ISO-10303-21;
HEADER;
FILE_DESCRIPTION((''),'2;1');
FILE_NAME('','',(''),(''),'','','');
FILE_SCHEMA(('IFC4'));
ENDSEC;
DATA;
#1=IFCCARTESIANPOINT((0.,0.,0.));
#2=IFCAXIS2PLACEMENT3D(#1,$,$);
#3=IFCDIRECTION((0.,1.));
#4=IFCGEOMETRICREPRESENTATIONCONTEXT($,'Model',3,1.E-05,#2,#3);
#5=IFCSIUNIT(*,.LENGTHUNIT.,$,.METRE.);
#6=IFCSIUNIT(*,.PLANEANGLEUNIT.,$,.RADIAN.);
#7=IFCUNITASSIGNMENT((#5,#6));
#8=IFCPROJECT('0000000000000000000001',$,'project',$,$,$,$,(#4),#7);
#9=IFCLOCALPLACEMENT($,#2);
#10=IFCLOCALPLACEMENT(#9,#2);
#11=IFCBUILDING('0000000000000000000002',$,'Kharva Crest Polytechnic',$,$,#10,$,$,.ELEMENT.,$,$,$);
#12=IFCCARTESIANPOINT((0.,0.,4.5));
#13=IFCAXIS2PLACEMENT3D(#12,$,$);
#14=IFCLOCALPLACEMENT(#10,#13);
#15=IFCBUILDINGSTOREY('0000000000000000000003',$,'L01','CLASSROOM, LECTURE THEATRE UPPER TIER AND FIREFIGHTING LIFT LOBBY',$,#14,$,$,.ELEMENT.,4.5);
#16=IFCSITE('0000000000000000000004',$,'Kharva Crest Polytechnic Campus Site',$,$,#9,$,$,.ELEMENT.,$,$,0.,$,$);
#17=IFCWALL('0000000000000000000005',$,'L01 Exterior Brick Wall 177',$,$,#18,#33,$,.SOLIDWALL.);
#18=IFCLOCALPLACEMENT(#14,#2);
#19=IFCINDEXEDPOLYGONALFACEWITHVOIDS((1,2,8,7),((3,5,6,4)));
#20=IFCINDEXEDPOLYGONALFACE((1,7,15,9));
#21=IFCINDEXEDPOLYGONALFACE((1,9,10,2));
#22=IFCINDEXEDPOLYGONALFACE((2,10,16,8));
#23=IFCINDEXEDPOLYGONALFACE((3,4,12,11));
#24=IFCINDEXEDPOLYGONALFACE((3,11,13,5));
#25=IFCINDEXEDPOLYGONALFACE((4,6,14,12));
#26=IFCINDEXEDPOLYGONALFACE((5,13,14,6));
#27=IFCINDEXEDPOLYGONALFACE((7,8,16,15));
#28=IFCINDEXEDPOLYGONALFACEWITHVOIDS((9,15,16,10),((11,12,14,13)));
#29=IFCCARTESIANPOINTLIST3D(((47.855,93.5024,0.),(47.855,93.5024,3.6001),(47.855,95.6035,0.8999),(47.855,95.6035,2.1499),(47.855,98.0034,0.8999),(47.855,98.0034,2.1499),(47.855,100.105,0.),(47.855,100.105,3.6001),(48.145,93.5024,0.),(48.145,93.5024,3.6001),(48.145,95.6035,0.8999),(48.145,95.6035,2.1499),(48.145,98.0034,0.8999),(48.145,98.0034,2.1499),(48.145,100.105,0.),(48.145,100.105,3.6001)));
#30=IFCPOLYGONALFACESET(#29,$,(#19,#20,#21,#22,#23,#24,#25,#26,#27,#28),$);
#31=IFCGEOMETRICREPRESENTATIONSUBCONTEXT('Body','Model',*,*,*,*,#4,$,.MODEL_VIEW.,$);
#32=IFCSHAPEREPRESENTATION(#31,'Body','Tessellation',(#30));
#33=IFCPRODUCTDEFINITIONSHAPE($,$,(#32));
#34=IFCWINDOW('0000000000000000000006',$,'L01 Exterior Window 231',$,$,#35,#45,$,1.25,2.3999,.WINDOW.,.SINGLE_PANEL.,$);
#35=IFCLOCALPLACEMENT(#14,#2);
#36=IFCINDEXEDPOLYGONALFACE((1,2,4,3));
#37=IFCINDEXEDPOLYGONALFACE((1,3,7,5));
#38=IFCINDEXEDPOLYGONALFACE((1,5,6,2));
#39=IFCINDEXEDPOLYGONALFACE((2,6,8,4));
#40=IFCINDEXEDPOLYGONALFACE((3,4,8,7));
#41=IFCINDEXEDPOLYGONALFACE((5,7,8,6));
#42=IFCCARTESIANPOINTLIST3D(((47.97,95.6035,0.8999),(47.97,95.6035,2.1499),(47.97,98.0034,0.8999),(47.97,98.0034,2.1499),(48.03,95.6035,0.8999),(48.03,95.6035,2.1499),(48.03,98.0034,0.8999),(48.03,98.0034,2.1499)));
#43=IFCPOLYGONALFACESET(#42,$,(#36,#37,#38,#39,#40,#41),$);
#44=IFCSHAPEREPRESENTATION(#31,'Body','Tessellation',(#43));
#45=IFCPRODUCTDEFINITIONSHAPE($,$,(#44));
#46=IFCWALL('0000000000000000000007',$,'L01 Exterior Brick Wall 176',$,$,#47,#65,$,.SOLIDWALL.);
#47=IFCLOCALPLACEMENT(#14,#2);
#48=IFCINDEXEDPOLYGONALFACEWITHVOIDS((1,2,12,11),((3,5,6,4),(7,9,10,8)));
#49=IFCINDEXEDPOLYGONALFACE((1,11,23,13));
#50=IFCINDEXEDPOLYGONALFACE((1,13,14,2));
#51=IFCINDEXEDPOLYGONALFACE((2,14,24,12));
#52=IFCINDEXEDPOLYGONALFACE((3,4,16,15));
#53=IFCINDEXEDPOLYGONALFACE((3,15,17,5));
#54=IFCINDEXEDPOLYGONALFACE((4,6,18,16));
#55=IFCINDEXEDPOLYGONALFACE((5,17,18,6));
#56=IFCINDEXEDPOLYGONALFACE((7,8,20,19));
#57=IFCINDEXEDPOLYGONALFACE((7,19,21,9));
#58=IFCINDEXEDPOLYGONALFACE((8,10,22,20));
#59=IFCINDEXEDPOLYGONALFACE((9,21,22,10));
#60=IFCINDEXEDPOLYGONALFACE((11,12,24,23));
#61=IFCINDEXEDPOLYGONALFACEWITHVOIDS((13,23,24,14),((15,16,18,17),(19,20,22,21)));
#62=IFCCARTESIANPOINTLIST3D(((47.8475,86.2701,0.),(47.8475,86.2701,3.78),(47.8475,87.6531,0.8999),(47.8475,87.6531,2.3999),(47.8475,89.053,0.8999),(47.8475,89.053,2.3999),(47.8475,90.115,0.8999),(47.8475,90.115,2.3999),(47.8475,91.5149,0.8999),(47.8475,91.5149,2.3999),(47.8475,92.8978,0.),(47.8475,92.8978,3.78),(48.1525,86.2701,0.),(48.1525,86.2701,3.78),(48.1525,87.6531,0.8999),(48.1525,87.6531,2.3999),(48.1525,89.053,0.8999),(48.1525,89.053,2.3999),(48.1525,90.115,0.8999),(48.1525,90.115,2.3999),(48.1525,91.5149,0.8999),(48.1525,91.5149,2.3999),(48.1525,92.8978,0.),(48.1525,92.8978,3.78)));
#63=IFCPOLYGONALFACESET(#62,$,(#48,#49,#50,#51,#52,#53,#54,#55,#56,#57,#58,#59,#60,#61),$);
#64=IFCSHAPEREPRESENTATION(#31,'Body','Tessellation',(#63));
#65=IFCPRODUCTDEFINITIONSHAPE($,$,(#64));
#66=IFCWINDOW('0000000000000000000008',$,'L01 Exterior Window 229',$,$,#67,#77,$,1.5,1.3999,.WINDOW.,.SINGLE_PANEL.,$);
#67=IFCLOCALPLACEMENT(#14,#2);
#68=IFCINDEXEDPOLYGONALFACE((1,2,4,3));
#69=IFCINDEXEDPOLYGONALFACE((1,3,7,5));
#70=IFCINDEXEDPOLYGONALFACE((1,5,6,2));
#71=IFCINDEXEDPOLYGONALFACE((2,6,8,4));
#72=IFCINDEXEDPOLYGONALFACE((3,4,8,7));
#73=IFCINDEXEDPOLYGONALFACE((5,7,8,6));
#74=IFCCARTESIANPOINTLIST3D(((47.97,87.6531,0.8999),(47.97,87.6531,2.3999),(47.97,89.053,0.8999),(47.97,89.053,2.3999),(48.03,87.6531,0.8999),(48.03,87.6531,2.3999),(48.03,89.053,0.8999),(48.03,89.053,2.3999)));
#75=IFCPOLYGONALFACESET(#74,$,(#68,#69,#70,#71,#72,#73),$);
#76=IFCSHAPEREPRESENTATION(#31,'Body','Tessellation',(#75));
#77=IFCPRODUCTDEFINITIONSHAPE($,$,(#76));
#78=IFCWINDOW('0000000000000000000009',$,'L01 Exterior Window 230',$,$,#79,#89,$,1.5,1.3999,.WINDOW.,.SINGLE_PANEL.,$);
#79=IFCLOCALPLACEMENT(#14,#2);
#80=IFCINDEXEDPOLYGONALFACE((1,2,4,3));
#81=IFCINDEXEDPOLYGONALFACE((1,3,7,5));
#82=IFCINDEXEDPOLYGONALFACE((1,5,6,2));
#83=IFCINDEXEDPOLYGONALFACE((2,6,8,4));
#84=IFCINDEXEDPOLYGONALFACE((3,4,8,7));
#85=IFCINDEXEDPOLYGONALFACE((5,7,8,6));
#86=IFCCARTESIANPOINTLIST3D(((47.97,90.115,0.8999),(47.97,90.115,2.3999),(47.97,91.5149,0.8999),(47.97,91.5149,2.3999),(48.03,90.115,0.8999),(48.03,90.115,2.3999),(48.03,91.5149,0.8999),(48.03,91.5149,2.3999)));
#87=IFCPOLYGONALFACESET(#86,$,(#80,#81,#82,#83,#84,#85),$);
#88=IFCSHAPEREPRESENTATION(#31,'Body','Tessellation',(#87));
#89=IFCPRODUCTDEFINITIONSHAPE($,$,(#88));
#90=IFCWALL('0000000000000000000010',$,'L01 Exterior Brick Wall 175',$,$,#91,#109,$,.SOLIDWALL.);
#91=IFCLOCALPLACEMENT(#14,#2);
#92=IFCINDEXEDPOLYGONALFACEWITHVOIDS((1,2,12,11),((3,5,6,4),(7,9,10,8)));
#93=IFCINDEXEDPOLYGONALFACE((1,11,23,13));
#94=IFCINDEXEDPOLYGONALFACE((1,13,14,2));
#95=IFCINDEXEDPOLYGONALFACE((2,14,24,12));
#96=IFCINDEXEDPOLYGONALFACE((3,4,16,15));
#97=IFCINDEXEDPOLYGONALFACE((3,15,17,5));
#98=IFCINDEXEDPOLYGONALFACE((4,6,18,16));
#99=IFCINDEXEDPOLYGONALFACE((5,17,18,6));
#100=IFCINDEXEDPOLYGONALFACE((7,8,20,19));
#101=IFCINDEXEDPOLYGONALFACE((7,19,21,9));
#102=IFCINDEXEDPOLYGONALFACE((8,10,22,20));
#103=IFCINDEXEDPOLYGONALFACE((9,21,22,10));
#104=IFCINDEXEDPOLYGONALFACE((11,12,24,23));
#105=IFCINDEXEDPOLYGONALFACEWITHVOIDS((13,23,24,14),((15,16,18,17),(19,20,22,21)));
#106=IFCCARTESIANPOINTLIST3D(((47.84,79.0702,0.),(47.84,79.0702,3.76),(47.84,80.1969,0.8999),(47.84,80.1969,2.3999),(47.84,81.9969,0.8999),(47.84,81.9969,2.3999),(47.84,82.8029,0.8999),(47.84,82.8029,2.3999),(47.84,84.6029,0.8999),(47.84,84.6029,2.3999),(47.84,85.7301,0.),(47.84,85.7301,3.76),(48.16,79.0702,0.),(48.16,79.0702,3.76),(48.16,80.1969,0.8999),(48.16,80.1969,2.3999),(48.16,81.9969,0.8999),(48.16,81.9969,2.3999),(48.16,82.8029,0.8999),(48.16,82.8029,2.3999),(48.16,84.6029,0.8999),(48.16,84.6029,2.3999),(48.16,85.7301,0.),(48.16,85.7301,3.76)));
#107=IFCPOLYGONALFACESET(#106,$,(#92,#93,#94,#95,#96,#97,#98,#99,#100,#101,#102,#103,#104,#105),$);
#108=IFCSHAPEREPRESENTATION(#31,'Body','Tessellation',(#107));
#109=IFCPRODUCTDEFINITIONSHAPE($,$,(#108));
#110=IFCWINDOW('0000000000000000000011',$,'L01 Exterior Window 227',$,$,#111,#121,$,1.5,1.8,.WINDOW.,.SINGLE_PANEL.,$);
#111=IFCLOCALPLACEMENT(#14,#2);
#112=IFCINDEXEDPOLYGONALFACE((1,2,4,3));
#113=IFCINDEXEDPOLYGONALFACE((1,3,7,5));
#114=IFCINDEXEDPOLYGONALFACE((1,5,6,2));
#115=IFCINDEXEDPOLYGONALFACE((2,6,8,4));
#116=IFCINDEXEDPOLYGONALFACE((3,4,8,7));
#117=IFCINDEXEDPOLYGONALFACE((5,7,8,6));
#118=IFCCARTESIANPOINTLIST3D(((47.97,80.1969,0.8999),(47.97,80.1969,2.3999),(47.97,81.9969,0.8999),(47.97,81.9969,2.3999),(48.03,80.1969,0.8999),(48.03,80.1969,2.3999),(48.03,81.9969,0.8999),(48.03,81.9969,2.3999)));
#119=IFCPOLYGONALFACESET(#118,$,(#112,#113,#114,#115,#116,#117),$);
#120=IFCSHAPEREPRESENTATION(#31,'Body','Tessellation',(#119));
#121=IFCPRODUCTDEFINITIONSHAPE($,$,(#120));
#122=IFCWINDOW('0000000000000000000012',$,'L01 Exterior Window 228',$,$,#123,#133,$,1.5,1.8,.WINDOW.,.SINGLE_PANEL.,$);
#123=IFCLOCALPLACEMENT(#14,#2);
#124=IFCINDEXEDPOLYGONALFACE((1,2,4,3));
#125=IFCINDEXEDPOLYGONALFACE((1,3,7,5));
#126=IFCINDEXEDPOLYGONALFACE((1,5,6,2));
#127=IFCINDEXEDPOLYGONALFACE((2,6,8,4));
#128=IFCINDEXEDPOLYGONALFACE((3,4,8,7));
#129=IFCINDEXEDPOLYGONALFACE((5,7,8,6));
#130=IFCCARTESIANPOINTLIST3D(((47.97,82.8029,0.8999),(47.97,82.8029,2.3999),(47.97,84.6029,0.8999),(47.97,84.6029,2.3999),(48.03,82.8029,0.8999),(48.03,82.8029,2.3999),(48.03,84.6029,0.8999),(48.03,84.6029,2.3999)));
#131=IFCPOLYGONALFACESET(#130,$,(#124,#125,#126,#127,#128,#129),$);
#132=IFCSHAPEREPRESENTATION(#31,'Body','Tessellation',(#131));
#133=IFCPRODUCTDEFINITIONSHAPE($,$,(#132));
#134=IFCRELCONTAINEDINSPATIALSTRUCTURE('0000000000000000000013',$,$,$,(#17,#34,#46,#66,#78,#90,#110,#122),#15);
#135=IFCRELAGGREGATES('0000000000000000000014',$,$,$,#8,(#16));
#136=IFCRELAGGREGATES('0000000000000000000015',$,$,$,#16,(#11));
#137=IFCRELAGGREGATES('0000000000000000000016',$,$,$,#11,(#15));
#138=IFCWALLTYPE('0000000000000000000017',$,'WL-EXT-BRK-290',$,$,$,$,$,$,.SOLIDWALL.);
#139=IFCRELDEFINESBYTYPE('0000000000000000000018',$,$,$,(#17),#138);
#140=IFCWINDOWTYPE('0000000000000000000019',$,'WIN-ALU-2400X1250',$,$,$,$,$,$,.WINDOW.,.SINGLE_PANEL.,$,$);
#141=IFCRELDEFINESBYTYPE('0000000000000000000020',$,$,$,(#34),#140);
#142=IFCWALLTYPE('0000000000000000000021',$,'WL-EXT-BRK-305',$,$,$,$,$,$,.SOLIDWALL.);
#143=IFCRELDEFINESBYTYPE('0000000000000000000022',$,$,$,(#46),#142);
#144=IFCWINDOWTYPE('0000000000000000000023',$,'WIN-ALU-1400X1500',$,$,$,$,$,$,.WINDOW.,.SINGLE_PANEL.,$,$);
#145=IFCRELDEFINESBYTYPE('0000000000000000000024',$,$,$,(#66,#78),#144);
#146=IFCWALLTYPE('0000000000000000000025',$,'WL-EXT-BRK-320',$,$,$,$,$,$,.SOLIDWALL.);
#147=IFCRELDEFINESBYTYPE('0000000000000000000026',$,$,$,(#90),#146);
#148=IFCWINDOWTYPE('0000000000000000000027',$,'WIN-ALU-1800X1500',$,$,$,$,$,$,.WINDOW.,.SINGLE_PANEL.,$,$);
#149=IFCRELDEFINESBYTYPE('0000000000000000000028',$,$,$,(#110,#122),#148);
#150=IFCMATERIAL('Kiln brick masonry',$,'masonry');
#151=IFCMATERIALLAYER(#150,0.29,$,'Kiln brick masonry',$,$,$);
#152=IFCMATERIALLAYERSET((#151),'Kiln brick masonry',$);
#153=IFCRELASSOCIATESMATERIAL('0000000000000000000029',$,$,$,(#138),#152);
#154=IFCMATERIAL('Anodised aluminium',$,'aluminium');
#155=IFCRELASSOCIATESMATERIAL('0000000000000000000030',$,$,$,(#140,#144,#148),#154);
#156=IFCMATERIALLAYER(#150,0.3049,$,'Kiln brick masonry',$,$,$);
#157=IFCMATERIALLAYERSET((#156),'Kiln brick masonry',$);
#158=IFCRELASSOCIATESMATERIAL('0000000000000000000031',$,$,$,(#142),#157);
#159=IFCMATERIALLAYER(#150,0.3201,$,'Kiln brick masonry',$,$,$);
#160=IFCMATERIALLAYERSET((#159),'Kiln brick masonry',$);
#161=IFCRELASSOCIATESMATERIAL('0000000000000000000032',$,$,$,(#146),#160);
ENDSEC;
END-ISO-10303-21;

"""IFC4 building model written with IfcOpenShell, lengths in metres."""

from ifc_helpers import new_model, si_unit, direction, frame, frame_2d, origin, place, context, subcontext, project, spatial, rectangle, extrude, material, layer, layer_set, type_object, element, fill, save


model = new_model("IFC4")

# Units and contexts
model_context = context("Model", 3, precision=1e-05, world=origin(), true_north=direction((0.0, 1.0)))
body_context = subcontext(model_context, "Body", "Model", "MODEL_VIEW")
ifc_project = project(units=[si_unit("LENGTHUNIT", "METRE"), si_unit("PLANEANGLEUNIT", "RADIAN")], contexts=[model_context])

# Site, building, storey
site_placement = place(None, origin())
site = spatial("IfcSite", under=ifc_project, at=site_placement, Name="Kharva Crest Polytechnic Campus Site", CompositionType="ELEMENT", RefElevation=0.0)
building_placement = place(site_placement, origin())
building = spatial("IfcBuilding", under=site, at=building_placement, Name="Kharva Crest Polytechnic", CompositionType="ELEMENT")
storey_placement = place(building_placement, frame((0.0, 0.0, 4.5)))
storey = spatial("IfcBuildingStorey", under=building, at=storey_placement, Name="L01", Description="CLASSROOM, LECTURE THEATRE UPPER TIER AND FIREFIGHTING LIFT LOBBY", CompositionType="ELEMENT", Elevation=4.5)

# Wall, opening, window
ifc_material_1 = material(Name="Kiln brick masonry", Category="masonry")
ifc_layer_1 = layer(ifc_material_1, 0.29, Name="Kiln brick masonry")
ifc_layer_set_1 = layer_set([ifc_layer_1], Name="Kiln brick masonry")
wall_type_1 = type_object("IfcWallType", Name="WL-EXT-BRK-290", PredefinedType="SOLIDWALL", material=ifc_layer_set_1)
wall_1_placement = place(storey_placement, frame((48.0, 93.5024, 0.0), z_axis=(0.0, 0.0, 1.0), x_axis=(0.0, 1.0, 0.0)))
wall_1 = element("IfcWall", 1, at=wall_1_placement, inside=storey, type_object=wall_type_1, Name="L01 Exterior Brick Wall 177", PredefinedType="SOLIDWALL", context=body_context, shape_type="SweptSolid", body=[
    extrude(rectangle(XDim=6.6025, YDim=0.29, at=frame_2d((3.3013, 0.0))), origin(), (0.0, 0.0, 1.0), 3.6001),
])
opening_1_placement = place(wall_1_placement, frame((2.1011, 0.0, 0.8999)))
opening_1 = element("IfcOpeningElement", 2, at=opening_1_placement, cuts=wall_1, PredefinedType="OPENING", context=body_context, shape_type="SweptSolid", body=[
    extrude(rectangle(XDim=2.3999, YDim=1.25, at=frame_2d((1.2, 0.625))), frame((0.0, 0.155, 0.0), z_axis=(0.0, -1.0, 0.0), x_axis=(1.0, 0.0, 0.0)), (0.0, 0.0, 1.0), 0.3101),
])
ifc_material_2 = material(Name="Anodised aluminium", Category="aluminium")
window_type_1 = type_object("IfcWindowType", Name="WIN-ALU-2400X1250", PartitioningType="SINGLE_PANEL", PredefinedType="WINDOW", material=ifc_material_2)
window_1_placement = place(opening_1_placement, origin())
window_1 = element("IfcWindow", 3, at=window_1_placement, inside=storey, type_object=window_type_1, Name="L01 Exterior Window 231", OverallHeight=1.25, OverallWidth=2.3999, PartitioningType="SINGLE_PANEL", PredefinedType="WINDOW", context=body_context, shape_type="SweptSolid", body=[
    extrude(rectangle(XDim=2.3999, YDim=1.25, at=frame_2d((1.2, 0.625))), frame((0.0, 0.03, 0.0), z_axis=(0.0, -1.0, 0.0), x_axis=(1.0, 0.0, 0.0)), (0.0, 0.0, 1.0), 0.0601),
])
fill(opening_1, window_1)

# Walls, openings, windows
ifc_layer_2 = layer(ifc_material_1, 0.3049, Name="Kiln brick masonry")
ifc_layer_set_2 = layer_set([ifc_layer_2], Name="Kiln brick masonry")
wall_type_2 = type_object("IfcWallType", Name="WL-EXT-BRK-305", PredefinedType="SOLIDWALL", material=ifc_layer_set_2)
wall_2_placement = place(storey_placement, frame((48.0, 86.27, 0.0), z_axis=(0.0, 0.0, 1.0), x_axis=(0.0, 1.0, 0.0)))
wall_2 = element("IfcWall", 4, at=wall_2_placement, inside=storey, type_object=wall_type_2, Name="L01 Exterior Brick Wall 176", PredefinedType="SOLIDWALL", context=body_context, shape_type="SweptSolid", body=[
    extrude(rectangle(XDim=6.6277, YDim=0.3049, at=frame_2d((3.314, 0.0))), origin(), (0.0, 0.0, 1.0), 3.78),
])
opening_2_placement = place(wall_2_placement, frame((1.3831, 0.0, 0.8999)))
opening_2 = element("IfcOpeningElement", 5, at=opening_2_placement, cuts=wall_2, PredefinedType="OPENING", context=body_context, shape_type="SweptSolid", body=[
    extrude(rectangle(XDim=1.3999, YDim=1.5, at=frame_2d((0.7, 0.75))), frame((0.0, 0.1624, 0.0), z_axis=(0.0, -1.0, 0.0), x_axis=(1.0, 0.0, 0.0)), (0.0, 0.0, 1.0), 0.325),
])
opening_3_placement = place(wall_2_placement, frame((3.845, 0.0, 0.8999)))
opening_3 = element("IfcOpeningElement", 6, at=opening_3_placement, cuts=wall_2, PredefinedType="OPENING", context=body_context, shape_type="SweptSolid", body=[
    extrude(rectangle(XDim=1.3999, YDim=1.5, at=frame_2d((0.7, 0.75))), frame((0.0, 0.1624, 0.0), z_axis=(0.0, -1.0, 0.0), x_axis=(1.0, 0.0, 0.0)), (0.0, 0.0, 1.0), 0.325),
])
window_type_2 = type_object("IfcWindowType", Name="WIN-ALU-1400X1500", PartitioningType="SINGLE_PANEL", PredefinedType="WINDOW", material=ifc_material_2)
window_2_placement = place(opening_2_placement, origin())
window_2 = element("IfcWindow", 7, at=window_2_placement, inside=storey, type_object=window_type_2, Name="L01 Exterior Window 229", OverallHeight=1.5, OverallWidth=1.3999, PartitioningType="SINGLE_PANEL", PredefinedType="WINDOW", context=body_context, shape_type="SweptSolid", body=[
    extrude(rectangle(XDim=1.3999, YDim=1.5, at=frame_2d((0.7, 0.75))), frame((0.0, 0.03, 0.0), z_axis=(0.0, -1.0, 0.0), x_axis=(1.0, 0.0, 0.0)), (0.0, 0.0, 1.0), 0.0601),
])
fill(opening_2, window_2)
window_3_placement = place(opening_3_placement, origin())
window_3 = element("IfcWindow", 8, at=window_3_placement, inside=storey, type_object=window_type_2, Name="L01 Exterior Window 230", OverallHeight=1.5, OverallWidth=1.3999, PartitioningType="SINGLE_PANEL", PredefinedType="WINDOW", context=body_context, shape_type="SweptSolid", body=[
    extrude(rectangle(XDim=1.3999, YDim=1.5, at=frame_2d((0.7, 0.75))), frame((0.0, 0.03, 0.0), z_axis=(0.0, -1.0, 0.0), x_axis=(1.0, 0.0, 0.0)), (0.0, 0.0, 1.0), 0.0601),
])
fill(opening_3, window_3)
ifc_layer_3 = layer(ifc_material_1, 0.3201, Name="Kiln brick masonry")
ifc_layer_set_3 = layer_set([ifc_layer_3], Name="Kiln brick masonry")
wall_type_3 = type_object("IfcWallType", Name="WL-EXT-BRK-320", PredefinedType="SOLIDWALL", material=ifc_layer_set_3)
wall_3_placement = place(storey_placement, frame((48.0, 79.0701, 0.0), z_axis=(0.0, 0.0, 1.0), x_axis=(0.0, 1.0, 0.0)))
wall_3 = element("IfcWall", 9, at=wall_3_placement, inside=storey, type_object=wall_type_3, Name="L01 Exterior Brick Wall 175", PredefinedType="SOLIDWALL", context=body_context, shape_type="SweptSolid", body=[
    extrude(rectangle(XDim=6.6599, YDim=0.3201, at=frame_2d((3.3301, 0.0))), origin(), (0.0, 0.0, 1.0), 3.76),
])
opening_4_placement = place(wall_3_placement, frame((1.127, 0.0, 0.8999)))
opening_4 = element("IfcOpeningElement", 10, at=opening_4_placement, cuts=wall_3, PredefinedType="OPENING", context=body_context, shape_type="SweptSolid", body=[
    extrude(rectangle(XDim=1.8, YDim=1.5, at=frame_2d((0.8999, 0.75))), frame((0.0, 0.1699, 0.0), z_axis=(0.0, -1.0, 0.0), x_axis=(1.0, 0.0, 0.0)), (0.0, 0.0, 1.0), 0.3401),
])
opening_5_placement = place(wall_3_placement, frame((3.7329, 0.0, 0.8999)))
opening_5 = element("IfcOpeningElement", 11, at=opening_5_placement, cuts=wall_3, PredefinedType="OPENING", context=body_context, shape_type="SweptSolid", body=[
    extrude(rectangle(XDim=1.8, YDim=1.5, at=frame_2d((0.8999, 0.75))), frame((0.0, 0.1699, 0.0), z_axis=(0.0, -1.0, 0.0), x_axis=(1.0, 0.0, 0.0)), (0.0, 0.0, 1.0), 0.3401),
])
window_type_3 = type_object("IfcWindowType", Name="WIN-ALU-1800X1500", PartitioningType="SINGLE_PANEL", PredefinedType="WINDOW", material=ifc_material_2)
window_4_placement = place(opening_4_placement, origin())
window_4 = element("IfcWindow", 12, at=window_4_placement, inside=storey, type_object=window_type_3, Name="L01 Exterior Window 227", OverallHeight=1.5, OverallWidth=1.8, PartitioningType="SINGLE_PANEL", PredefinedType="WINDOW", context=body_context, shape_type="SweptSolid", body=[
    extrude(rectangle(XDim=1.8, YDim=1.5, at=frame_2d((0.8999, 0.75))), frame((0.0, 0.03, 0.0), z_axis=(0.0, -1.0, 0.0), x_axis=(1.0, 0.0, 0.0)), (0.0, 0.0, 1.0), 0.0601),
])
fill(opening_4, window_4)
window_5_placement = place(opening_5_placement, origin())
window_5 = element("IfcWindow", 13, at=window_5_placement, inside=storey, type_object=window_type_3, Name="L01 Exterior Window 228", OverallHeight=1.5, OverallWidth=1.8, PartitioningType="SINGLE_PANEL", PredefinedType="WINDOW", context=body_context, shape_type="SweptSolid", body=[
    extrude(rectangle(XDim=1.8, YDim=1.5, at=frame_2d((0.8999, 0.75))), frame((0.0, 0.03, 0.0), z_axis=(0.0, -1.0, 0.0), x_axis=(1.0, 0.0, 0.0)), (0.0, 0.0, 1.0), 0.0601),
])
fill(opening_5, window_5)

save(model, "model.ifc")
